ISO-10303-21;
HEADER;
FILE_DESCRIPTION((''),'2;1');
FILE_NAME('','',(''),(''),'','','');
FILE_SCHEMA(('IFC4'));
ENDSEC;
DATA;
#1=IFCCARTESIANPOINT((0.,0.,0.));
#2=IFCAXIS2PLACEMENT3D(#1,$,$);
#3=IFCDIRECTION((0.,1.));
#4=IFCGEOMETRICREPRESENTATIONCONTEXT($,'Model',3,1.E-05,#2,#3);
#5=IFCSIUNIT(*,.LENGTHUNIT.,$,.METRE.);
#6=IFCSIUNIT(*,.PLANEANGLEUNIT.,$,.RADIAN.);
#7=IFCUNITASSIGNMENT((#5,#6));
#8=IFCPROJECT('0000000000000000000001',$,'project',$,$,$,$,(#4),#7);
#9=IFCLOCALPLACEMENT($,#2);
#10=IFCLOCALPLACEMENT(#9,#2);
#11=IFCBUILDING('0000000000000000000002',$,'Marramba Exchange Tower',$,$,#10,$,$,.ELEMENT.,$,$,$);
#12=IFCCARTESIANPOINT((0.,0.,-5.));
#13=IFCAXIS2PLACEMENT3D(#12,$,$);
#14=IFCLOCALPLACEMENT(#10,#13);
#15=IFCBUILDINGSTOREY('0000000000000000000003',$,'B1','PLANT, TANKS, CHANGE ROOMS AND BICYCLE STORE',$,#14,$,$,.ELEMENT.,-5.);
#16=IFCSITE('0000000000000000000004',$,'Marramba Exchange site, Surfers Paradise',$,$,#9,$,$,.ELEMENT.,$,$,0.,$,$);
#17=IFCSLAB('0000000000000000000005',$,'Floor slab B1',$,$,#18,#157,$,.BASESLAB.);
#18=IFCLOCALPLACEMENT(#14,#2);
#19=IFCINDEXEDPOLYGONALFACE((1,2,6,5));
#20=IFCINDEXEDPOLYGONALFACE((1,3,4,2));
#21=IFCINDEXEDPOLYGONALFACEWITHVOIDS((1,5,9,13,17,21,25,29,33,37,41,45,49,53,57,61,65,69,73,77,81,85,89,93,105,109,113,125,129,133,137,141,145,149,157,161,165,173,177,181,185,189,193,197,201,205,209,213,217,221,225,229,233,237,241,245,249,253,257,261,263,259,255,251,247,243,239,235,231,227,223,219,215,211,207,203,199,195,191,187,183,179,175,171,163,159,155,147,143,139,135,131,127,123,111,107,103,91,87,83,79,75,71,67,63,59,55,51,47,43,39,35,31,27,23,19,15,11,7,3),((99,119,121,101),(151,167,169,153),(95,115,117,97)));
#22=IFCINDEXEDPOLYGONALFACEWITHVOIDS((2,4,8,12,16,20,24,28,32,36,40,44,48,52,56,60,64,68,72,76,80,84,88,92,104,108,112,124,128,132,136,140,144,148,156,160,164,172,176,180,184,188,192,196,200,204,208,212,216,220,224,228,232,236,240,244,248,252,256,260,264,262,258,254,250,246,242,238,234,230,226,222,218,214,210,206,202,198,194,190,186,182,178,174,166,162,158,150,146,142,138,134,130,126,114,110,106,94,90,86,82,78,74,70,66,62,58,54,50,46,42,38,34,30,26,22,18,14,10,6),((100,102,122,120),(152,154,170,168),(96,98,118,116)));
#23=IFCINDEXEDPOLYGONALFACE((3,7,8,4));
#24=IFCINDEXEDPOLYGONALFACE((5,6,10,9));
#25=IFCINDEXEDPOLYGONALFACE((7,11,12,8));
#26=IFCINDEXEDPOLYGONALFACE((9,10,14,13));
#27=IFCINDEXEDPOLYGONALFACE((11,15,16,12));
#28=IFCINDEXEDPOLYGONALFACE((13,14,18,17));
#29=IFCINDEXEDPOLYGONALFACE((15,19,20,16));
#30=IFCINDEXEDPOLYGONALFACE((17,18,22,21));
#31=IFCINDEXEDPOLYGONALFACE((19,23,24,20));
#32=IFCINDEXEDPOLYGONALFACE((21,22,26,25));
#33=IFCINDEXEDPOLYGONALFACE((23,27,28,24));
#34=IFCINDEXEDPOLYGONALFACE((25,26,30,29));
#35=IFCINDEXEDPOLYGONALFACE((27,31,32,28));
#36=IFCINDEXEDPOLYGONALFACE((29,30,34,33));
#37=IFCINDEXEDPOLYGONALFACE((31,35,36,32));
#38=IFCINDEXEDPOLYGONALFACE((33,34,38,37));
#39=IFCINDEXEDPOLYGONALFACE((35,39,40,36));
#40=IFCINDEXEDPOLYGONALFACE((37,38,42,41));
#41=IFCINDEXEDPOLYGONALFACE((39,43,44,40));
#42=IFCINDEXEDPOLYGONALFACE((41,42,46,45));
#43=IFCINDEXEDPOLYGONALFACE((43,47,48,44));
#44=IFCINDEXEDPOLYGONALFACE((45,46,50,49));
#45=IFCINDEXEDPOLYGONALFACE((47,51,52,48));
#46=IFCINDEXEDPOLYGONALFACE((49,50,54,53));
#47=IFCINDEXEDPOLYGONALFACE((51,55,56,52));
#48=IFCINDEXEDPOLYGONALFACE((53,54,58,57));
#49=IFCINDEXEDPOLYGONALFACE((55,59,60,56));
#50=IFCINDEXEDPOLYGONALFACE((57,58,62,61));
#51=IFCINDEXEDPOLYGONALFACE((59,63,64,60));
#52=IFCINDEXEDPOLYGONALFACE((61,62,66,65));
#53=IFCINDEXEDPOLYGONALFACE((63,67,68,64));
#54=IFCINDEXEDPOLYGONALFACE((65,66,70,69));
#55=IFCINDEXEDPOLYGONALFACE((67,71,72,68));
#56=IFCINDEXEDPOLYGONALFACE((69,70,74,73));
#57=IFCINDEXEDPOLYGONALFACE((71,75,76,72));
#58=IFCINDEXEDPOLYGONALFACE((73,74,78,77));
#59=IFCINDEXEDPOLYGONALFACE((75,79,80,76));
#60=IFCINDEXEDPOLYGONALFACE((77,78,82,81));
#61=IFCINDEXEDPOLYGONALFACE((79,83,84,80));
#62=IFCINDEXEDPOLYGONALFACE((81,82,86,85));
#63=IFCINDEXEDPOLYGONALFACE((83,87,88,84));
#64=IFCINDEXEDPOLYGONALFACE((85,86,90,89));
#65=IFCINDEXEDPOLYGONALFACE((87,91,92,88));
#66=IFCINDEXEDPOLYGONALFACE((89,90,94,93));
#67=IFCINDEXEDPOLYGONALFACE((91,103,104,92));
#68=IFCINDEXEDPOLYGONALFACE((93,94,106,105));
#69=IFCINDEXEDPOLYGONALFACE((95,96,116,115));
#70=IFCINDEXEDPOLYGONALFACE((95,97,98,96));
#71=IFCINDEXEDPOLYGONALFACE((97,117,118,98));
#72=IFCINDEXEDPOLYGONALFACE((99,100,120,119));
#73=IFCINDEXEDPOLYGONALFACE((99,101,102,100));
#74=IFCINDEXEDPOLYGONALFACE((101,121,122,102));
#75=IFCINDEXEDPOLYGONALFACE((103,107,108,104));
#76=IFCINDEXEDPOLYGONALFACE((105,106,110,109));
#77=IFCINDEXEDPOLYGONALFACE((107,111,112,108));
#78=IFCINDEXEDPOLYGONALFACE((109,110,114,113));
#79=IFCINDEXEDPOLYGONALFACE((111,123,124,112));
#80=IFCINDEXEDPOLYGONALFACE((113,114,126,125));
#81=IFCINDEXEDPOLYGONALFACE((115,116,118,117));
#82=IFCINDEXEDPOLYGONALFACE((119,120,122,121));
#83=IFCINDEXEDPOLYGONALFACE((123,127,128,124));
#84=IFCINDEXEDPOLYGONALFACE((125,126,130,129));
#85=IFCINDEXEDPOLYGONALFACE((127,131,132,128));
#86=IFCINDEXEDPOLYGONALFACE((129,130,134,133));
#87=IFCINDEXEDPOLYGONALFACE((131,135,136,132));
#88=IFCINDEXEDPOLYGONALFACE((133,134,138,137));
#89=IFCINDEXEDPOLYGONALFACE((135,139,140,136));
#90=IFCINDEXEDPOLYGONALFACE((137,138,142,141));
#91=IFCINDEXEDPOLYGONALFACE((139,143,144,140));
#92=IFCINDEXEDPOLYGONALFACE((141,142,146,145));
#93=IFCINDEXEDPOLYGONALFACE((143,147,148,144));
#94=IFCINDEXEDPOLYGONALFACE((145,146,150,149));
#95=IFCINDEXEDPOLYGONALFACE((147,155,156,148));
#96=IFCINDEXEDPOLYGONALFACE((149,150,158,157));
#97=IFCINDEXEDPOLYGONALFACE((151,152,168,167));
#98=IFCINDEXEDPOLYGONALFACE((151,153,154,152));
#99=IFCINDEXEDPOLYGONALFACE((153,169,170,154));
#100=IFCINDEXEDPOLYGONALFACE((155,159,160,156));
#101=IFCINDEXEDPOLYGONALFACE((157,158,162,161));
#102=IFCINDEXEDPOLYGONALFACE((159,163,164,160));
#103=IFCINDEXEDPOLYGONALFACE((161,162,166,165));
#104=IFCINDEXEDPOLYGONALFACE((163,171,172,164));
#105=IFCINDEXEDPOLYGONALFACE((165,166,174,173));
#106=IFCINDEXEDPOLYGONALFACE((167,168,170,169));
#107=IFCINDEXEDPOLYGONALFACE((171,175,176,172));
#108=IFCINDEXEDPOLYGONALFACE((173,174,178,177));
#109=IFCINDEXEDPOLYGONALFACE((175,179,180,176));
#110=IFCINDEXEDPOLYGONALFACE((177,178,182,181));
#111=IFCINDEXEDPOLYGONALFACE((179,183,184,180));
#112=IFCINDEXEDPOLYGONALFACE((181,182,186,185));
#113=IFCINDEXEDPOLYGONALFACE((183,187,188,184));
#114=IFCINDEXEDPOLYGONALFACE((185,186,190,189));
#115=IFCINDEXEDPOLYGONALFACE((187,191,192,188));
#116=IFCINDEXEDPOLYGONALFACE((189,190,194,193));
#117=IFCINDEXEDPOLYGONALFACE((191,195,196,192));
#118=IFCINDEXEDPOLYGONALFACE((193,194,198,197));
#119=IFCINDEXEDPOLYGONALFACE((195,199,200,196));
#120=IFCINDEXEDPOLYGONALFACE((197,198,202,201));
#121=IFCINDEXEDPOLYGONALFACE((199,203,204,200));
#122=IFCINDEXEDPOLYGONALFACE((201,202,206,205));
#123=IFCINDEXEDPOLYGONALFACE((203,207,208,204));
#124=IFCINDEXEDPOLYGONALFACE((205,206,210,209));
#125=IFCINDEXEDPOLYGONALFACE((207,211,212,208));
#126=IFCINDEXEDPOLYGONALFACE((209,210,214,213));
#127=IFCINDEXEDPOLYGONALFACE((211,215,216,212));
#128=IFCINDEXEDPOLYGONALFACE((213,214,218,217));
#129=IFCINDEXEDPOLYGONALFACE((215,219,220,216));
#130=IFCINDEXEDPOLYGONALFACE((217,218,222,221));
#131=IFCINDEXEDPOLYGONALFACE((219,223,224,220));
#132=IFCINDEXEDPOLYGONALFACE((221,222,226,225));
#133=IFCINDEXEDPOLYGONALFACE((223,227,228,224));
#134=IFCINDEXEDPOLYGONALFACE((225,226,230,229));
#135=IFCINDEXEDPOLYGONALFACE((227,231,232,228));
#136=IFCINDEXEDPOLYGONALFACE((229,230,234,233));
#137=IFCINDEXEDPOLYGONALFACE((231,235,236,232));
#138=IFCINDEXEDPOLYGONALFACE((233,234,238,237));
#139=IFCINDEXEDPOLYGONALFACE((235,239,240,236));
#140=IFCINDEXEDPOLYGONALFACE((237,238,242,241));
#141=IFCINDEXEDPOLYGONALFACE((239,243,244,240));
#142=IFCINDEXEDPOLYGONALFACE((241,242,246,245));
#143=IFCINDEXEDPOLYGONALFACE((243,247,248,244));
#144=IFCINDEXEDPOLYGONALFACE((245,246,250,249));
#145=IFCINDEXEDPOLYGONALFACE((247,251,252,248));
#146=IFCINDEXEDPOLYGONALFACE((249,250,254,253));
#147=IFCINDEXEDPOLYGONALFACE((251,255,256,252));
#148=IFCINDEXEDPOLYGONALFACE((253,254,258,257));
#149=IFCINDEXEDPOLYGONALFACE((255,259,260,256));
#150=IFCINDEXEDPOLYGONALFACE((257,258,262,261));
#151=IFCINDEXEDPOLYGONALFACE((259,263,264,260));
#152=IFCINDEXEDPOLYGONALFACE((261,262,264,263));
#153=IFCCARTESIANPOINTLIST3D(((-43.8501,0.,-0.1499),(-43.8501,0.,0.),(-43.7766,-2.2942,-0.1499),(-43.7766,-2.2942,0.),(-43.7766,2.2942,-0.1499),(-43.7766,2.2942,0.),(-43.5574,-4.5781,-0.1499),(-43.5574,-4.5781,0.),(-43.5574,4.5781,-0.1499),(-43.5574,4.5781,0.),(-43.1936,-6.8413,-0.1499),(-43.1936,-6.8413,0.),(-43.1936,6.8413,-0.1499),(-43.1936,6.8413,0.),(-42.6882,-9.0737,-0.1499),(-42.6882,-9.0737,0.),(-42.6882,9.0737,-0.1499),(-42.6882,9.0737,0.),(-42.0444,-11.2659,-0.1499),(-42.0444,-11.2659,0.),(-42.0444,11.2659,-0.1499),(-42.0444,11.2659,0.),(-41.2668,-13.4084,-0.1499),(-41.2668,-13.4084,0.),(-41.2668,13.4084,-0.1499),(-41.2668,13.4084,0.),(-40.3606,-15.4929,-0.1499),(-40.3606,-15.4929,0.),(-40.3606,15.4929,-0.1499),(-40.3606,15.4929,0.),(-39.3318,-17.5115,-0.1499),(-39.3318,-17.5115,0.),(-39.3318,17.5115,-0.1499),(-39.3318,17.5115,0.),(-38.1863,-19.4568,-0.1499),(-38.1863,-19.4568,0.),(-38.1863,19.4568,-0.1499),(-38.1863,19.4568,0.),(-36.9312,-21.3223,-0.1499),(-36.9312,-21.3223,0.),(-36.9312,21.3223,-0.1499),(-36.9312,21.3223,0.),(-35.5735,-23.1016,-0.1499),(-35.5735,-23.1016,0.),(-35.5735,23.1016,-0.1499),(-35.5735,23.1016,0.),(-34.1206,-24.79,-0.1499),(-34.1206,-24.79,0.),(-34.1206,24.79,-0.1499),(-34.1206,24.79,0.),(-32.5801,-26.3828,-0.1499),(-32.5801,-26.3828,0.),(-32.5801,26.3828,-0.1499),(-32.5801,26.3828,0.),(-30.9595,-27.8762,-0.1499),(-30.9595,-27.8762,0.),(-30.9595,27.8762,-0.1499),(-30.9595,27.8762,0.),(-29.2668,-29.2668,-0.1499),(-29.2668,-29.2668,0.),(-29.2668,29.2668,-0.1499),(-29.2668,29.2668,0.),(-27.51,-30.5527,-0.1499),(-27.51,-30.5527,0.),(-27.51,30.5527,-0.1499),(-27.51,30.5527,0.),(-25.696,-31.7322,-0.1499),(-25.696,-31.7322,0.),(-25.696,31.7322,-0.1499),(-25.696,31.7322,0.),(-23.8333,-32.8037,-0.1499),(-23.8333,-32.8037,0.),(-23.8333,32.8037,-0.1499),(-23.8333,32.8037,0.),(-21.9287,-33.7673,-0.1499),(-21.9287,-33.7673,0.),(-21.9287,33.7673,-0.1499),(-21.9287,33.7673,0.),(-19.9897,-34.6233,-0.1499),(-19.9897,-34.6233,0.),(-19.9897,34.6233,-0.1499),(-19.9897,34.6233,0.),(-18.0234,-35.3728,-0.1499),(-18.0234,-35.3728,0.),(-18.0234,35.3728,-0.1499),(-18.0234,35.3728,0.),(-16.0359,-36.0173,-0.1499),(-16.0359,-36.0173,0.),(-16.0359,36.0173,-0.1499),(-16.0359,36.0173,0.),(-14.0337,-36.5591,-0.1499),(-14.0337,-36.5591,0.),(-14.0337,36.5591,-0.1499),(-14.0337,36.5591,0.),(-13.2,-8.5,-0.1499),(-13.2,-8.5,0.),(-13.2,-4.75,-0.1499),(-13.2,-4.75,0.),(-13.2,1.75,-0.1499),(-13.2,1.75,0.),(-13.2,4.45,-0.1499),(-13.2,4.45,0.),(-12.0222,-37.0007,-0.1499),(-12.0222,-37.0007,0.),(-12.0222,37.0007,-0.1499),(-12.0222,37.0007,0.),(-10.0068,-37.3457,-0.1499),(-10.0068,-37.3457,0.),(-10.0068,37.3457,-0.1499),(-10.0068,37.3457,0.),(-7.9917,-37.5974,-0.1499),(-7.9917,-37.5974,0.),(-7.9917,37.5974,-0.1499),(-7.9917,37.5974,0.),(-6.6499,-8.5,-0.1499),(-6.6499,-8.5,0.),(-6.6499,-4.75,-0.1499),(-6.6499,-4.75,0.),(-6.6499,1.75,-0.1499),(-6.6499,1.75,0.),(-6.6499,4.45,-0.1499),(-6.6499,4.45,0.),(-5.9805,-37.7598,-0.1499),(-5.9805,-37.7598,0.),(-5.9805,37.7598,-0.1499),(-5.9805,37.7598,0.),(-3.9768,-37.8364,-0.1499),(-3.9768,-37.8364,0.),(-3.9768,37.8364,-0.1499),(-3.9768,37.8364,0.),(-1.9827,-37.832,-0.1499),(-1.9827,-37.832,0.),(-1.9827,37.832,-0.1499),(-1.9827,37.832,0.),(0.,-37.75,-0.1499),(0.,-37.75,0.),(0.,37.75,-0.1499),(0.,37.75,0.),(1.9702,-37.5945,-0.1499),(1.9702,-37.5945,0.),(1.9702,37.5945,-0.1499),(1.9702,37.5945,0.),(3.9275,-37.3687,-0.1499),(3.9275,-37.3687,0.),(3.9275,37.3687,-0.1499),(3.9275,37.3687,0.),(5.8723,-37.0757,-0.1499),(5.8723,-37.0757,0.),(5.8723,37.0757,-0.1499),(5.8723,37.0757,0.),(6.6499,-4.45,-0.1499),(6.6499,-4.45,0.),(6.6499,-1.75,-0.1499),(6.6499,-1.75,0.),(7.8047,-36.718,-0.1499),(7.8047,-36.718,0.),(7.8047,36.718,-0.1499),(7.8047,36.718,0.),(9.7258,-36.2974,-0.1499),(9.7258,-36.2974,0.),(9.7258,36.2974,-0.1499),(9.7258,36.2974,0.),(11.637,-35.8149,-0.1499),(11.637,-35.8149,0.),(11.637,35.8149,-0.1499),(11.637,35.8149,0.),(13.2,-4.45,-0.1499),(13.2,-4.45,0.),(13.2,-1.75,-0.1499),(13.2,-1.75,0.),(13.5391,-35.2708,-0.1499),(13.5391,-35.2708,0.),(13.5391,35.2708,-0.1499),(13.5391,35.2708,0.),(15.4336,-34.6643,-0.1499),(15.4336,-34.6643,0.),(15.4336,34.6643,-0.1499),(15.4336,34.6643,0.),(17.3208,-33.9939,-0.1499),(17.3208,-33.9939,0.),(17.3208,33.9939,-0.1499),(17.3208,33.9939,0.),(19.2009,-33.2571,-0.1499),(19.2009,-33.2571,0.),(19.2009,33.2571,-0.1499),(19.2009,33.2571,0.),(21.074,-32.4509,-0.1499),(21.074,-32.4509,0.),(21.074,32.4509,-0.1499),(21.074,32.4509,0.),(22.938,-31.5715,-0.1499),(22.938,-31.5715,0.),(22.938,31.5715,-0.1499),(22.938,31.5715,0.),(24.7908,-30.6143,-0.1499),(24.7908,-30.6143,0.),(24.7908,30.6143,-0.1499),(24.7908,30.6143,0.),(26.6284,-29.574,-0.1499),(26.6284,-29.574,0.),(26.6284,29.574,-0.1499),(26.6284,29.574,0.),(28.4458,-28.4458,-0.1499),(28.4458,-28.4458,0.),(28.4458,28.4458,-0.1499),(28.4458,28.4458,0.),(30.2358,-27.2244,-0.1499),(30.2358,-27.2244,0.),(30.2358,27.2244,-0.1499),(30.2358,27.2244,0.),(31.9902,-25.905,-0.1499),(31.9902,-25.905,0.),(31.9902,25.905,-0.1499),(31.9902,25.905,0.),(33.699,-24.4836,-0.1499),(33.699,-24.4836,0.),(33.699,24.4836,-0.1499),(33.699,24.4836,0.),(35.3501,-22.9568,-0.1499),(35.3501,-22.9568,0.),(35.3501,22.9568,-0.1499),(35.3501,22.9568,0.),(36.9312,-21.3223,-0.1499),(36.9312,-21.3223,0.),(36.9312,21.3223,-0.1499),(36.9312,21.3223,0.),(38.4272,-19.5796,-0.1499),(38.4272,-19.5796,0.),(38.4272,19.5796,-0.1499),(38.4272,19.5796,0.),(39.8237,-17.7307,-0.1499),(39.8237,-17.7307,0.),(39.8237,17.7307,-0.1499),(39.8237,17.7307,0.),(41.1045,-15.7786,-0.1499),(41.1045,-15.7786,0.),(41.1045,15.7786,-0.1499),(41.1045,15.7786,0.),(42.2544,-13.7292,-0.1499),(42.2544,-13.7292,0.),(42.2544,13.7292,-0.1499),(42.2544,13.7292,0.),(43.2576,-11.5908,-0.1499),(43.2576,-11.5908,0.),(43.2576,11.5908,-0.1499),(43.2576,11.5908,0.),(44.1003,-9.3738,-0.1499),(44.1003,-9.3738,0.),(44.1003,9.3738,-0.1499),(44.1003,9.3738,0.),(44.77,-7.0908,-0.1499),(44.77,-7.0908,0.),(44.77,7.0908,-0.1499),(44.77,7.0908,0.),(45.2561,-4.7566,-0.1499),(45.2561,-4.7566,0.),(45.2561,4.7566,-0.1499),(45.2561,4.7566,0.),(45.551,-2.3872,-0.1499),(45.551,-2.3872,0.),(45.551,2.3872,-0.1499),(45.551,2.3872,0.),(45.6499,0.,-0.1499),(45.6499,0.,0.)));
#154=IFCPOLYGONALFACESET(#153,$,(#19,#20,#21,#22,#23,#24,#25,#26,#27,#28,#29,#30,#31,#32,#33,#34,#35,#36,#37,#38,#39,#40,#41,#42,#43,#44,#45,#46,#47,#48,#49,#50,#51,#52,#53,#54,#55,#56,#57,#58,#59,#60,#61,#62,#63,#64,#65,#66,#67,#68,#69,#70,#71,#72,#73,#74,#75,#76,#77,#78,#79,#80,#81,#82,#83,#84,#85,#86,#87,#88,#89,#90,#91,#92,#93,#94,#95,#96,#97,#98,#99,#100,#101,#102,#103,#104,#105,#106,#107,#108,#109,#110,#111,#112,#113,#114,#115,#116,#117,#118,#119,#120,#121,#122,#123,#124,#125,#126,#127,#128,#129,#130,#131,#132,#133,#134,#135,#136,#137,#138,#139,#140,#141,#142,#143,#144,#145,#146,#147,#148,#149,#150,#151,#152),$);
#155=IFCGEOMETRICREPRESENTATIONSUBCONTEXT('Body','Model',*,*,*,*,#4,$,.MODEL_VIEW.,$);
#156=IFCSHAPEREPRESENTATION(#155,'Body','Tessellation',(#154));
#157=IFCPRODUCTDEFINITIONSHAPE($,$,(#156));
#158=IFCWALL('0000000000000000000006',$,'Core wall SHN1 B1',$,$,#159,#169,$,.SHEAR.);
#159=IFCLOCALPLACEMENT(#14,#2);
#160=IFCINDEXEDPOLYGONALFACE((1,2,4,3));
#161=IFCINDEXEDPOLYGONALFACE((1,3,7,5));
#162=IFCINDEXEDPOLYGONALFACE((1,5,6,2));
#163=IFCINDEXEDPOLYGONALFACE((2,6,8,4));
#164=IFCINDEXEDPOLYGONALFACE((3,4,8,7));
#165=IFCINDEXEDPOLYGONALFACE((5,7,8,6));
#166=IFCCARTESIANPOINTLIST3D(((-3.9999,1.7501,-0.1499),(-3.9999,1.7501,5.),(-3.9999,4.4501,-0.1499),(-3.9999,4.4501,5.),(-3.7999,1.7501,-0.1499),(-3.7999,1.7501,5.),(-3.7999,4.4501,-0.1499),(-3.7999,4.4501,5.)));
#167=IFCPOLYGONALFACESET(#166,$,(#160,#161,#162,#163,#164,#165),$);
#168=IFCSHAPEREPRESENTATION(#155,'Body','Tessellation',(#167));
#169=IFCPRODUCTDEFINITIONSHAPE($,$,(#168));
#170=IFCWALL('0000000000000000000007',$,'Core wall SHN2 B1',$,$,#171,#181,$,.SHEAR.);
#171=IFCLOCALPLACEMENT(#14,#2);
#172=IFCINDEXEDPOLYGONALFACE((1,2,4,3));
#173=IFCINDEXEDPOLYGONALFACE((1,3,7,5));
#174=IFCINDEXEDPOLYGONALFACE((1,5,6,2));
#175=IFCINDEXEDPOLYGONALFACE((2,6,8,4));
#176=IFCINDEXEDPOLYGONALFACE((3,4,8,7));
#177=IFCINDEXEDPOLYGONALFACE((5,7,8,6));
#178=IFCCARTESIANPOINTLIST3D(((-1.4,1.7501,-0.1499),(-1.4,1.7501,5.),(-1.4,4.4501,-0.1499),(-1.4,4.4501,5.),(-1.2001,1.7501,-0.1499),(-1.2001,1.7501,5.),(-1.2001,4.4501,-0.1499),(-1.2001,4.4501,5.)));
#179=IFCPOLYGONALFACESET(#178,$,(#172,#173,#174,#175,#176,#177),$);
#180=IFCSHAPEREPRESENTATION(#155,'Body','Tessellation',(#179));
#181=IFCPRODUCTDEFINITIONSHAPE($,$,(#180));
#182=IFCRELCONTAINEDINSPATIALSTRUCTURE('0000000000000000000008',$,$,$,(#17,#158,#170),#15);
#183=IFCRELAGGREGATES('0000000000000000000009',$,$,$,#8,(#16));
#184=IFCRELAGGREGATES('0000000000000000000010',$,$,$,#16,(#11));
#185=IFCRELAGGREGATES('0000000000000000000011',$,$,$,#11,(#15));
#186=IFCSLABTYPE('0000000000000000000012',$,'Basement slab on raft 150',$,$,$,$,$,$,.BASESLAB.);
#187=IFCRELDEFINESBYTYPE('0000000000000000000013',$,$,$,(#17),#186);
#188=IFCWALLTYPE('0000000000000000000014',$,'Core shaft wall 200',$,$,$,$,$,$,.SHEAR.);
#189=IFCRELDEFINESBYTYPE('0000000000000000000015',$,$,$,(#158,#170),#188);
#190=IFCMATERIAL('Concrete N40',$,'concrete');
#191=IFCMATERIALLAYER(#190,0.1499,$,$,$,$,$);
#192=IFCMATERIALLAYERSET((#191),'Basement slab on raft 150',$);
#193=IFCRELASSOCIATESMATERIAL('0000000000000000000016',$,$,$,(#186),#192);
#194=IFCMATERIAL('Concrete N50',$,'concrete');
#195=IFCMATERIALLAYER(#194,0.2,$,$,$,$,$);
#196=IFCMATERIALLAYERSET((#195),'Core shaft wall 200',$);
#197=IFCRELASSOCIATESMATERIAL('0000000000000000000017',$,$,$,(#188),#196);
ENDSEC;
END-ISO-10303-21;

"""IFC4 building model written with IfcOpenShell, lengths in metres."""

from ifc_helpers import new_model, si_unit, direction, frame, frame_2d, origin, place, context, subcontext, project, spatial, polyline, rectangle, outline, extrude, material, layer, layer_set, type_object, element, save


model = new_model("IFC4")

# Units and contexts
model_context = context("Model", 3, precision=1e-05, world=origin(), true_north=direction((0.0, 1.0)))
body_context = subcontext(model_context, "Body", "Model", "MODEL_VIEW")
ifc_project = project(units=[si_unit("LENGTHUNIT", "METRE"), si_unit("PLANEANGLEUNIT", "RADIAN")], contexts=[model_context])

# Site, building, storey
site_placement = place(None, origin())
site = spatial("IfcSite", under=ifc_project, at=site_placement, Name="Marramba Exchange site, Surfers Paradise", CompositionType="ELEMENT", RefElevation=0.0)
building_placement = place(site_placement, origin())
building = spatial("IfcBuilding", under=site, at=building_placement, Name="Marramba Exchange Tower", CompositionType="ELEMENT")
storey_placement = place(building_placement, frame((0.0, 0.0, -5.0)))
storey = spatial("IfcBuildingStorey", under=building, at=storey_placement, Name="B1", Description="PLANT, TANKS, CHANGE ROOMS AND BICYCLE STORE", CompositionType="ELEMENT", Elevation=-5.0)

# Shared definitions
ifc_material_1 = material(Name="Concrete N50", Category="concrete")

# Slab
ifc_material_2 = material(Name="Concrete N40", Category="concrete")
ifc_layer_1 = layer(ifc_material_2, 0.1499)
ifc_layer_set_1 = layer_set([ifc_layer_1], Name="Basement slab on raft 150")
slab_type = type_object("IfcSlabType", Name="Basement slab on raft 150", PredefinedType="BASESLAB", material=ifc_layer_set_1)
slab_placement = place(storey_placement, frame((0.0, 0.0, -0.1499)))
element("IfcSlab", 1, at=slab_placement, inside=storey, type_object=slab_type, Name="Floor slab B1", PredefinedType="BASESLAB", context=body_context, shape_type="SweptSolid", body=[
    extrude(outline(polyline([(45.6499, 0.0), (45.551, 2.3872), (45.2561, 4.7566), (44.77, 7.0908), (44.1003, 9.3738), (43.2576, 11.5908), (42.2544, 13.7292), (41.1045, 15.7786), (39.8237, 17.7307), (38.4272, 19.5796), (36.9312, 21.3223), (35.3501, 22.9568), (33.699, 24.4836), (31.9902, 25.905), (30.2358, 27.2244), (28.4458, 28.4458), (26.6284, 29.574), (24.7908, 30.6143), (22.938, 31.5715), (21.074, 32.4509), (19.2009, 33.2571), (17.3208, 33.9939), (15.4336, 34.6643), (13.5391, 35.2708), (11.637, 35.8149), (9.7258, 36.2974), (7.8047, 36.718), (5.8723, 37.0757), (3.9275, 37.3687), (1.9702, 37.5945), (0.0, 37.75), (-1.9827, 37.832), (-3.9768, 37.8364), (-5.9805, 37.7598), (-7.9917, 37.5974), (-10.0068, 37.3457), (-12.0222, 37.0007), (-14.0337, 36.5591), (-16.0359, 36.0173), (-18.0234, 35.3728), (-19.9897, 34.6233), (-21.9287, 33.7673), (-23.8333, 32.8037), (-25.696, 31.7322), (-27.51, 30.5527), (-29.2668, 29.2668), (-30.9595, 27.8762), (-32.5801, 26.3828), (-34.1206, 24.79), (-35.5735, 23.1016), (-36.9312, 21.3223), (-38.1863, 19.4568), (-39.3318, 17.5115), (-40.3606, 15.4929), (-41.2668, 13.4084), (-42.0444, 11.2659), (-42.6882, 9.0737), (-43.1936, 6.8413), (-43.5574, 4.5781), (-43.7766, 2.2942), (-43.8501, 0.0), (-43.7766, -2.2942), (-43.5574, -4.5781), (-43.1936, -6.8413), (-42.6882, -9.0737), (-42.0444, -11.2659), (-41.2668, -13.4084), (-40.3606, -15.4929), (-39.3318, -17.5115), (-38.1863, -19.4568), (-36.9312, -21.3223), (-35.5735, -23.1016), (-34.1206, -24.79), (-32.5801, -26.3828), (-30.9595, -27.8762), (-29.2668, -29.2668), (-27.51, -30.5527), (-25.696, -31.7322), (-23.8333, -32.8037), (-21.9287, -33.7673), (-19.9897, -34.6233), (-18.0234, -35.3728), (-16.0359, -36.0173), (-14.0337, -36.5591), (-12.0222, -37.0007), (-10.0068, -37.3457), (-7.9917, -37.5974), (-5.9805, -37.7598), (-3.9768, -37.8364), (-1.9827, -37.832), (0.0, -37.75), (1.9702, -37.5945), (3.9275, -37.3687), (5.8723, -37.0757), (7.8047, -36.718), (9.7258, -36.2974), (11.637, -35.8149), (13.5391, -35.2708), (15.4336, -34.6643), (17.3208, -33.9939), (19.2009, -33.2571), (21.074, -32.4509), (22.938, -31.5715), (24.7908, -30.6143), (26.6284, -29.574), (28.4458, -28.4458), (30.2358, -27.2244), (31.9902, -25.905), (33.699, -24.4836), (35.3501, -22.9568), (36.9312, -21.3223), (38.4272, -19.5796), (39.8237, -17.7307), (41.1045, -15.7786), (42.2544, -13.7292), (43.2576, -11.5908), (44.1003, -9.3738), (44.77, -7.0908), (45.2561, -4.7566), (45.551, -2.3872), (45.6499, 0.0)]), holes=[polyline([(-13.2, 1.75), (-6.6499, 1.75), (-6.6499, 4.45), (-13.2, 4.45), (-13.2, 1.75)]), polyline([(6.6499, -4.45), (13.2, -4.45), (13.2, -1.75), (6.6499, -1.75), (6.6499, -4.45)]), polyline([(-13.2, -8.5), (-6.6499, -8.5), (-6.6499, -4.75), (-13.2, -4.75), (-13.2, -8.5)])]), origin(), (0.0, 0.0, 1.0), 0.1499),
])

# Walls
ifc_layer_2 = layer(ifc_material_1, 0.2)
ifc_layer_set_2 = layer_set([ifc_layer_2], Name="Core shaft wall 200")
wall_type_1 = type_object("IfcWallType", Name="Core shaft wall 200", PredefinedType="SHEAR", material=ifc_layer_set_2)
for number, where, z_axis, x_axis, name in (
    (2, (-3.8999, 1.75, -0.1499), (0.0, 0.0, 1.0), (0.0, 1.0, 0.0), "Core wall SHN1 B1"),
    (3, (-1.3, 1.75, -0.1499), (0.0, 0.0, 1.0), (0.0, 1.0, 0.0), "Core wall SHN2 B1"),
):
    element("IfcWall", number, at=place(storey_placement, frame(where, z_axis=z_axis, x_axis=x_axis)), inside=storey, type_object=wall_type_1, Name=name, PredefinedType="SHEAR", context=body_context, shape_type="SweptSolid", body=[
        extrude(rectangle(XDim=2.7, YDim=0.2, at=frame_2d((1.3501, 0.0))), origin(), (0.0, 0.0, 1.0), 5.1499),
    ])

save(model, "model.ifc")
